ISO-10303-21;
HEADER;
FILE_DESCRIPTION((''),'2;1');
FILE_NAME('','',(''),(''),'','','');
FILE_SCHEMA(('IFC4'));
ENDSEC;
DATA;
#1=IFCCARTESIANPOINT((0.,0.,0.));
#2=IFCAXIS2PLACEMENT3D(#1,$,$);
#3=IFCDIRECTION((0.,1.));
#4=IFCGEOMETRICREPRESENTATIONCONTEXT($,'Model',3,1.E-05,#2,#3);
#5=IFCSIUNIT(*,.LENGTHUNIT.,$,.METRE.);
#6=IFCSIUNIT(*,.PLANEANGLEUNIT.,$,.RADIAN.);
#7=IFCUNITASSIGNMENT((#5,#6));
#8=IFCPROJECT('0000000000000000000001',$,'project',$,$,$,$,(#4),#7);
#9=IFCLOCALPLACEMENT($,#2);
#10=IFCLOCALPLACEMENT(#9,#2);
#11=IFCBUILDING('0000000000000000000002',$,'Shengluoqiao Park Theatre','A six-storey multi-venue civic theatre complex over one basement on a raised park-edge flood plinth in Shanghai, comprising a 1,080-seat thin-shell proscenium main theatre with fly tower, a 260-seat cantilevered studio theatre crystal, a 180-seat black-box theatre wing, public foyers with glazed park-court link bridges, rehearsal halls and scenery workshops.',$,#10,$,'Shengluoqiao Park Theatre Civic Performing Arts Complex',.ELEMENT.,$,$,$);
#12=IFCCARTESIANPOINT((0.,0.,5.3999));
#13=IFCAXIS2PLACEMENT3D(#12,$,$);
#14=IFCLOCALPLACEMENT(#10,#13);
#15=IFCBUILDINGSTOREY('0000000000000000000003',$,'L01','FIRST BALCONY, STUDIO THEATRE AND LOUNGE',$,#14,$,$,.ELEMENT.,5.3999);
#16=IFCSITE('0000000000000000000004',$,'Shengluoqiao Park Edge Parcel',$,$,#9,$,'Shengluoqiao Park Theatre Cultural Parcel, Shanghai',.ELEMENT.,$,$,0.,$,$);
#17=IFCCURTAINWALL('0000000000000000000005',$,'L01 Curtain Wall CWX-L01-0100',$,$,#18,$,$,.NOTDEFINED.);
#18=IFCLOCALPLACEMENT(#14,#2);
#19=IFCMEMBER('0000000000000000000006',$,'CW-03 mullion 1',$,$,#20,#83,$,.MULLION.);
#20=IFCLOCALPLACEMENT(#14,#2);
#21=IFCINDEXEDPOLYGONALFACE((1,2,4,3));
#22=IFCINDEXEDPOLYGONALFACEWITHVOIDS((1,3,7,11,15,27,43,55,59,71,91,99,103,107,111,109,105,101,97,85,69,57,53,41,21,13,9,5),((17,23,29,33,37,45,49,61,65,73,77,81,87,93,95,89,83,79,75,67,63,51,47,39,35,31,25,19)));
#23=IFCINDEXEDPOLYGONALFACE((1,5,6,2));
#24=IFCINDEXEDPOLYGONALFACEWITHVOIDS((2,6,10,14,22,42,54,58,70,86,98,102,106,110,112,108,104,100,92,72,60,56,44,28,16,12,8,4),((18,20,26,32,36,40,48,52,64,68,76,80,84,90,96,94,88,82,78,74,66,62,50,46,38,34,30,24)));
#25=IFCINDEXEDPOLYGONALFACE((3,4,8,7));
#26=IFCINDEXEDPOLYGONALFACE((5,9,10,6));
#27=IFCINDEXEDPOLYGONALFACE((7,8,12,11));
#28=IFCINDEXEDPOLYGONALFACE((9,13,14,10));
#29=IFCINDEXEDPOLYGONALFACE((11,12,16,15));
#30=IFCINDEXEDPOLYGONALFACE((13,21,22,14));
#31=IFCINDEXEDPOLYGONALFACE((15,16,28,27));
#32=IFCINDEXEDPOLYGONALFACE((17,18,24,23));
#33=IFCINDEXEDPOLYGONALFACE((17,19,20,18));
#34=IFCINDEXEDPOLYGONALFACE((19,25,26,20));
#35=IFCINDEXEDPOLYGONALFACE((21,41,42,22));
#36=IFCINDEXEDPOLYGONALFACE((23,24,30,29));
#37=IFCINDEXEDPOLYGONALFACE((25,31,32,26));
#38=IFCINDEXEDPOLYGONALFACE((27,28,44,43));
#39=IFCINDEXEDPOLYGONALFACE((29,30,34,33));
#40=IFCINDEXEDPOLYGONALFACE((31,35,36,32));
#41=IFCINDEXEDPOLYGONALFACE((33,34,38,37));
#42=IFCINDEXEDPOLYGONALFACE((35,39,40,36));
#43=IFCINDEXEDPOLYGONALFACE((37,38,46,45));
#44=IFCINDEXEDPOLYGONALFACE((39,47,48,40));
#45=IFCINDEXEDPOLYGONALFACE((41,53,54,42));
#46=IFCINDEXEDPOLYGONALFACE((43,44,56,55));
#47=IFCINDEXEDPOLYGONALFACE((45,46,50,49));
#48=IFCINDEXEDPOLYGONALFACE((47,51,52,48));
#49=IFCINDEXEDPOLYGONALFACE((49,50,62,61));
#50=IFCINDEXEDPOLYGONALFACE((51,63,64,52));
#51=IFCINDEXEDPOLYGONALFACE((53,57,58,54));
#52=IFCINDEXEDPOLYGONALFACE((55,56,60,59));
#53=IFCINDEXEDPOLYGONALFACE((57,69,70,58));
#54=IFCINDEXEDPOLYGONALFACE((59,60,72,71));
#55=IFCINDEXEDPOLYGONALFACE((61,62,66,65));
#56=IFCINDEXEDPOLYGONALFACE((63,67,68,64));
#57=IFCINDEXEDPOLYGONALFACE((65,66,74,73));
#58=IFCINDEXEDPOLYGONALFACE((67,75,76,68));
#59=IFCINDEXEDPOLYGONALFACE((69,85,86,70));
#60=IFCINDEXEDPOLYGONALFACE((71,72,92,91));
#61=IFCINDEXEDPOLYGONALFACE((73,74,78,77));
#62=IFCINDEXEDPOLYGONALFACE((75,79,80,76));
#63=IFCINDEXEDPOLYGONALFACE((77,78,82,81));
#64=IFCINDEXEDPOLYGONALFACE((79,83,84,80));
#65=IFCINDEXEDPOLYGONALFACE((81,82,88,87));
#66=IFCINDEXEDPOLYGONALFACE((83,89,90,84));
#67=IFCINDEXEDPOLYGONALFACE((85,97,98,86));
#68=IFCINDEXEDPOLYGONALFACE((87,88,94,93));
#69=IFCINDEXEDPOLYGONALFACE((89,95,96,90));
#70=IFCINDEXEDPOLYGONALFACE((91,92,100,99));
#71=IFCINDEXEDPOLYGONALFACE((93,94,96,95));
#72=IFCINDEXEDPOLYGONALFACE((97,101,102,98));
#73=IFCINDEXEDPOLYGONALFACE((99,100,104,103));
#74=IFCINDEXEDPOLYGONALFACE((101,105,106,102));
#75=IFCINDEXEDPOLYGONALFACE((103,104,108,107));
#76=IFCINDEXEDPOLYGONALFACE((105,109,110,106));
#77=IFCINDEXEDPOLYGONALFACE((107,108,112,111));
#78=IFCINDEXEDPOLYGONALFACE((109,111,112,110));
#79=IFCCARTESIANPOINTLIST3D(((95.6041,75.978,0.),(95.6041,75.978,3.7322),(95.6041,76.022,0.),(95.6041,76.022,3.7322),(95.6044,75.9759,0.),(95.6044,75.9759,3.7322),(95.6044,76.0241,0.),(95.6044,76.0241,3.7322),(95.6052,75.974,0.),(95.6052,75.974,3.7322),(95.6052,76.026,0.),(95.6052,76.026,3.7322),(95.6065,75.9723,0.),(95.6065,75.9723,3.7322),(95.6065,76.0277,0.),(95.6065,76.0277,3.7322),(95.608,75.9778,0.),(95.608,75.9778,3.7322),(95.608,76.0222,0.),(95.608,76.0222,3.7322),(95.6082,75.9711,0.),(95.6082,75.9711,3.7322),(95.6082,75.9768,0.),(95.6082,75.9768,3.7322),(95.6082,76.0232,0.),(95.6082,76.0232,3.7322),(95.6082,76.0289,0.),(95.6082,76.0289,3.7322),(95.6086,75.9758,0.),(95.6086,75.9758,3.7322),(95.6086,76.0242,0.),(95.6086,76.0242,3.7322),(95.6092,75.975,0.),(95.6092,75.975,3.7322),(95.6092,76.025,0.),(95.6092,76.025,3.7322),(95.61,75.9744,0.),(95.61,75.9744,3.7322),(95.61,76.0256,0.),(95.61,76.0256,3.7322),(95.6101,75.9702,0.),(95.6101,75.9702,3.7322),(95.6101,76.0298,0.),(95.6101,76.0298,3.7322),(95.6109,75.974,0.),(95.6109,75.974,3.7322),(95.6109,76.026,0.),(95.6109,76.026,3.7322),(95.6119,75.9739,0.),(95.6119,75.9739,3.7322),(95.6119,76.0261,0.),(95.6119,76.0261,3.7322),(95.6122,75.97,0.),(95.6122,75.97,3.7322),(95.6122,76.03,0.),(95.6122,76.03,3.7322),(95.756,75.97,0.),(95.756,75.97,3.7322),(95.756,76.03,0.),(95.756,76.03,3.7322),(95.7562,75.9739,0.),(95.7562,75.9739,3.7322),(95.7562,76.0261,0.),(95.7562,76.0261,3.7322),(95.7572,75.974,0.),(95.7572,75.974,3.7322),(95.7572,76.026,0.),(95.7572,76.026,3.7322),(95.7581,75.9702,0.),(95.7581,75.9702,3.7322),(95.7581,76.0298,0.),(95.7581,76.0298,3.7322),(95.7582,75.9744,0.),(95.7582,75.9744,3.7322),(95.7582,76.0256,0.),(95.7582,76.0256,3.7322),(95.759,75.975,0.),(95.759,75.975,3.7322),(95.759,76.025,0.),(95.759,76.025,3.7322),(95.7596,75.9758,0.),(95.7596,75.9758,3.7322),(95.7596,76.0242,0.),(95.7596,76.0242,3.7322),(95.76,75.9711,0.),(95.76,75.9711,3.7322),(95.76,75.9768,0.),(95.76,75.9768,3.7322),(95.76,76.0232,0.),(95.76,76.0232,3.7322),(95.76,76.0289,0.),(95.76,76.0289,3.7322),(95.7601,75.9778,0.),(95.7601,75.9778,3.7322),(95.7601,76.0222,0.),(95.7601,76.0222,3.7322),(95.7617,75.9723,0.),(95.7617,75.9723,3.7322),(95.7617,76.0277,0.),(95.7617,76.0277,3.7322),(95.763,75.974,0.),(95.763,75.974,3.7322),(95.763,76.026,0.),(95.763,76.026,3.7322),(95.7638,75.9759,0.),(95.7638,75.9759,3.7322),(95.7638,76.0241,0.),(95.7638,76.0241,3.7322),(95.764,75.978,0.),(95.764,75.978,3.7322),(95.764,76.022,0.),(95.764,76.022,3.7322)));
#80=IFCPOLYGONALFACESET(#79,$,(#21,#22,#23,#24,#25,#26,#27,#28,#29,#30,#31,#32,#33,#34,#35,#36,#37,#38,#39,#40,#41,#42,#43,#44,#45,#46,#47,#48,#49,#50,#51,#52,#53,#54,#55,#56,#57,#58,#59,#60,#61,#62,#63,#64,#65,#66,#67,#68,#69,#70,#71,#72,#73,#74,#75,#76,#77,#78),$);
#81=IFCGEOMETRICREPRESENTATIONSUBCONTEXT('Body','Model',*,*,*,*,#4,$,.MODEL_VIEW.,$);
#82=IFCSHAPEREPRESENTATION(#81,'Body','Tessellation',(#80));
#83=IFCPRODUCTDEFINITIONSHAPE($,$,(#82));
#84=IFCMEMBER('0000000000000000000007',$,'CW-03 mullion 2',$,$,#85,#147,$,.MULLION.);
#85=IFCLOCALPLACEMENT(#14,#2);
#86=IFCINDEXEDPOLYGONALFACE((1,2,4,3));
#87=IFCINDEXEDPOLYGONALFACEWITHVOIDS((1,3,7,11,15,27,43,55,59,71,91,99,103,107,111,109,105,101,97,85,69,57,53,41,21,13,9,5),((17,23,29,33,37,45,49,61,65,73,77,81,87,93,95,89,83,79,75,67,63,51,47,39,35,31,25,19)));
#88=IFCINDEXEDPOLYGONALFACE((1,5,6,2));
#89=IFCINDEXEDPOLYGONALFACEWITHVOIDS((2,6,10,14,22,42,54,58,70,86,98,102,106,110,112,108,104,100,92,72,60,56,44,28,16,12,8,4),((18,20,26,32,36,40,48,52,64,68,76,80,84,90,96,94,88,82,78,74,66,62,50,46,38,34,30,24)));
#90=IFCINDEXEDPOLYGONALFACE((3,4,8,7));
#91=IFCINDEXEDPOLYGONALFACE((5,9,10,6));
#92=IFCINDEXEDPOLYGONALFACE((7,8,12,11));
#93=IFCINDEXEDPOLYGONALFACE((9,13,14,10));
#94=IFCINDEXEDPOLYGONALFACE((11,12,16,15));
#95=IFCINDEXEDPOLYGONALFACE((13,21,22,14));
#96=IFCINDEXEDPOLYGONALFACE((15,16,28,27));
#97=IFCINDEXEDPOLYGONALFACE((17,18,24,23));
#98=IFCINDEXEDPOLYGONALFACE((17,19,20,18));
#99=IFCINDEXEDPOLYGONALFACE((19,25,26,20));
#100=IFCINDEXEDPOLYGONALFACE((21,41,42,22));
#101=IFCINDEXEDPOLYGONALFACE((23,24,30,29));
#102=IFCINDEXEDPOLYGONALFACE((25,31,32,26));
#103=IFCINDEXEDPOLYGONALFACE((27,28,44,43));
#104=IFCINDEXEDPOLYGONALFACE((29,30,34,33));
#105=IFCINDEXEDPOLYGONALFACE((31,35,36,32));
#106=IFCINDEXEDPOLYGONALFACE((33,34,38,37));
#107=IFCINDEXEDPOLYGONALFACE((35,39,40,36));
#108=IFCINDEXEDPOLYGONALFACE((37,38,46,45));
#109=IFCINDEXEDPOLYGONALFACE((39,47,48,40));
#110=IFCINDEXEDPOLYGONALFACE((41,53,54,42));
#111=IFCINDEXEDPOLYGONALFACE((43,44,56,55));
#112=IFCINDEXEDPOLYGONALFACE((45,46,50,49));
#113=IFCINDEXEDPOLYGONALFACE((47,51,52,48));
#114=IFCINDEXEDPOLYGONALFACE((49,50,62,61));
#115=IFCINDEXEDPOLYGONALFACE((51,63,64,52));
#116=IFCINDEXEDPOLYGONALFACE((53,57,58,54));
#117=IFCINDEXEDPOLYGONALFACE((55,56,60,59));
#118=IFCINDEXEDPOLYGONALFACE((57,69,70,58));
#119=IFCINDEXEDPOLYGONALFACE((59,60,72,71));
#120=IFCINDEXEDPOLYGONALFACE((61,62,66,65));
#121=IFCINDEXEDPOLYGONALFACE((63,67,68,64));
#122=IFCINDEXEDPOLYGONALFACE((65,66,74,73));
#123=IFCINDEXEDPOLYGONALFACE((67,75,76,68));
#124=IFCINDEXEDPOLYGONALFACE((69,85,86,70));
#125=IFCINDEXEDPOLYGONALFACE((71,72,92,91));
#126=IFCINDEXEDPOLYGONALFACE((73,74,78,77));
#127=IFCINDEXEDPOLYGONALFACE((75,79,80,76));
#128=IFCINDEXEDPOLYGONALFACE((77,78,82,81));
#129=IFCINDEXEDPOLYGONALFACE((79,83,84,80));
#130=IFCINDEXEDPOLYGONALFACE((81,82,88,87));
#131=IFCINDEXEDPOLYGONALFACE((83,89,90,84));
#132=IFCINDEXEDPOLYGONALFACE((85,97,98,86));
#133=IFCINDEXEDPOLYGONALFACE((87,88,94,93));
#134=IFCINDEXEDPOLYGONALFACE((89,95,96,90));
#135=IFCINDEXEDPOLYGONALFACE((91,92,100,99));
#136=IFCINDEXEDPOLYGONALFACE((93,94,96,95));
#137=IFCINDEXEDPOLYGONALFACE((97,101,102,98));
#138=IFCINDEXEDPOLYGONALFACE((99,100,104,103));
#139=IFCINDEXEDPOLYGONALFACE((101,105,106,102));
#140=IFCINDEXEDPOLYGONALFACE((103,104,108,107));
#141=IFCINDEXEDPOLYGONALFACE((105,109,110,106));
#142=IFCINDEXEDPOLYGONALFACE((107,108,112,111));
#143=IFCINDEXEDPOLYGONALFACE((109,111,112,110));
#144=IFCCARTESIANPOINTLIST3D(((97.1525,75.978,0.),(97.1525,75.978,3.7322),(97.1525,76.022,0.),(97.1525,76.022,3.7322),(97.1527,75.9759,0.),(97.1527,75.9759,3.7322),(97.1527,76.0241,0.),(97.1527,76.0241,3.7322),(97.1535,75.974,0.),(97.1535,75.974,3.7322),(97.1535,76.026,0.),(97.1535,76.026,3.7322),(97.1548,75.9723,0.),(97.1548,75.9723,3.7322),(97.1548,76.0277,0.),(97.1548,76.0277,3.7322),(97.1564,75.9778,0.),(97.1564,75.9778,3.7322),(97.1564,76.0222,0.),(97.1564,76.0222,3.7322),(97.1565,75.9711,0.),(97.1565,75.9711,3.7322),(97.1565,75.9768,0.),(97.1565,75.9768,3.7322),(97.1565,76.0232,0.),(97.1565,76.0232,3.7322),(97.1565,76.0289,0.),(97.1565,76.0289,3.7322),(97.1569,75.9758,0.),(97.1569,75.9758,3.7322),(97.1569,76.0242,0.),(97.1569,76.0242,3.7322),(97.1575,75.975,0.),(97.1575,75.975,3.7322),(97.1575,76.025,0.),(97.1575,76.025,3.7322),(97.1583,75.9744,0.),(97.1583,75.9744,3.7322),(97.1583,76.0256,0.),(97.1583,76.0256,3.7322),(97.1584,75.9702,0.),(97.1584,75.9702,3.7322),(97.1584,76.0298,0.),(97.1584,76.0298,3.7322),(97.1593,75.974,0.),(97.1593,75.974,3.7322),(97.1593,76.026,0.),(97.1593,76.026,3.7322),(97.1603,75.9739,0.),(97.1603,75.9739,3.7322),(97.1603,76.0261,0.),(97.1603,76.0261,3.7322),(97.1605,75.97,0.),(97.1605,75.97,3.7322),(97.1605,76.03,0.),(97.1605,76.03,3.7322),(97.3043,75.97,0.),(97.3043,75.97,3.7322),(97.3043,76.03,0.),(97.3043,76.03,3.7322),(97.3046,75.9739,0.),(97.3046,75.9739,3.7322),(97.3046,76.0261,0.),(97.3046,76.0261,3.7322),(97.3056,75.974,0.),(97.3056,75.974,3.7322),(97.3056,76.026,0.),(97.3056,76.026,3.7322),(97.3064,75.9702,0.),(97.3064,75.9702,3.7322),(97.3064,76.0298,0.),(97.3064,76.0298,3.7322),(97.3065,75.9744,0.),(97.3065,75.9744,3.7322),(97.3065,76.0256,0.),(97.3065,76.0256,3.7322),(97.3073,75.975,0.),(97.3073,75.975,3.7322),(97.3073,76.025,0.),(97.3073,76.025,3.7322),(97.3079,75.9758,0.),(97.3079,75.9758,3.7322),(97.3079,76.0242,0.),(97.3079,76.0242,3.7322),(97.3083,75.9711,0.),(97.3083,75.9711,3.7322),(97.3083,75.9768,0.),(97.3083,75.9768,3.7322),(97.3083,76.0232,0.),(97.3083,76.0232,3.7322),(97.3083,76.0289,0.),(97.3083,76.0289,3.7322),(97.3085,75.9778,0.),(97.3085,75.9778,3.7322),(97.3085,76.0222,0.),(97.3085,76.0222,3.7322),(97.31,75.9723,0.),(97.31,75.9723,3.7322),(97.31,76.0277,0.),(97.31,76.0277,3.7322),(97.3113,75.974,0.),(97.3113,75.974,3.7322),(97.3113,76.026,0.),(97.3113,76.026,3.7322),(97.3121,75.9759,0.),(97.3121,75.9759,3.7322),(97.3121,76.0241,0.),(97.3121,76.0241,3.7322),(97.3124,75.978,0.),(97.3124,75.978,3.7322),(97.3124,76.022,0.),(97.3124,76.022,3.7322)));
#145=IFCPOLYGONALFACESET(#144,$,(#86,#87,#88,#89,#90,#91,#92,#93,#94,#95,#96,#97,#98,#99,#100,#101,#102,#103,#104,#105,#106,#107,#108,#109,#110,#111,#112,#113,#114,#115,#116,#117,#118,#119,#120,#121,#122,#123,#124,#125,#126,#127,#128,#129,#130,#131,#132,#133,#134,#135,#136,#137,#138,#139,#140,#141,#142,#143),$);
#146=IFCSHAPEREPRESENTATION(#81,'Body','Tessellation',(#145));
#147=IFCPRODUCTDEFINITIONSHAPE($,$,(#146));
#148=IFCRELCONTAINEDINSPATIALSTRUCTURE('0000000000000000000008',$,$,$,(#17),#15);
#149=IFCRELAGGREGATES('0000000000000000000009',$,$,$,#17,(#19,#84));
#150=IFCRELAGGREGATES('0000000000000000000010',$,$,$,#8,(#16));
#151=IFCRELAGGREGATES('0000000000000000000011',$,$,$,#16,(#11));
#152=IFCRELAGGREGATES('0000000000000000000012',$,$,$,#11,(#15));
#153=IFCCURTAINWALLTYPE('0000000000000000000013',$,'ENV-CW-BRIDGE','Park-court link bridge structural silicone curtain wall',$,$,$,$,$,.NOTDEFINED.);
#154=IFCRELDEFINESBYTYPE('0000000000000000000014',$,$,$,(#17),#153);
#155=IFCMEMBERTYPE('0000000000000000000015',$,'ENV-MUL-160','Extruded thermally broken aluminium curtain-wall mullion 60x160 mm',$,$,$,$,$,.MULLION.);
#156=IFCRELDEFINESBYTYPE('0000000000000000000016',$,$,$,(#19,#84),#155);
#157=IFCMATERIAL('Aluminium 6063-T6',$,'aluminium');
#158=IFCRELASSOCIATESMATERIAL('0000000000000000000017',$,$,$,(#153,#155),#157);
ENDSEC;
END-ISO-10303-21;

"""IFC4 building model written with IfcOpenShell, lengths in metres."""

from ifc_helpers import new_model, si_unit, direction, frame, origin, origin_2d, place, context, subcontext, project, spatial, hollow_rectangle, extrude, material, material_profile, profile_set, type_object, element, aggregate, save


model = new_model("IFC4")

# Units and contexts
model_context = context("Model", 3, precision=1e-05, world=origin(), true_north=direction((0.0, 1.0)))
body_context = subcontext(model_context, "Body", "Model", "MODEL_VIEW")
ifc_project = project(units=[si_unit("LENGTHUNIT", "METRE"), si_unit("PLANEANGLEUNIT", "RADIAN")], contexts=[model_context])

# Site, building, storey
site_placement = place(None, origin())
site = spatial("IfcSite", under=ifc_project, at=site_placement, Name="Shengluoqiao Park Edge Parcel", LongName="Shengluoqiao Park Theatre Cultural Parcel, Shanghai", CompositionType="ELEMENT", RefElevation=0.0)
building_placement = place(site_placement, origin())
building = spatial("IfcBuilding", under=site, at=building_placement, Name="Shengluoqiao Park Theatre", Description="A six-storey multi-venue civic theatre complex over one basement on a raised park-edge flood plinth in Shanghai, comprising a 1,080-seat thin-shell proscenium main theatre with fly tower, a 260-seat cantilevered studio theatre crystal, a 180-seat black-box theatre wing, public foyers with glazed park-court link bridges, rehearsal halls and scenery workshops.", LongName="Shengluoqiao Park Theatre Civic Performing Arts Complex", CompositionType="ELEMENT")
storey_placement = place(building_placement, frame((0.0, 0.0, 5.3999)))
storey = spatial("IfcBuildingStorey", under=building, at=storey_placement, Name="L01", Description="FIRST BALCONY, STUDIO THEATRE AND LOUNGE", CompositionType="ELEMENT", Elevation=5.3999)

# Curtain wall, members
ifc_material_1 = material(Name="Aluminium 6063-T6", Category="aluminium")
curtain_wall_type = type_object("IfcCurtainWallType", Name="ENV-CW-BRIDGE", Description="Park-court link bridge structural silicone curtain wall", PredefinedType="NOTDEFINED", material=ifc_material_1)
ifc_material_profile_1 = material_profile(ifc_material_1, hollow_rectangle(XDim=0.0601, YDim=0.1599, WallThickness=0.0039, InnerFilletRadius=0.0039, OuterFilletRadius=0.0081, at=origin_2d()), Name="ALU MULLION 160x60x4")
ifc_profile_set_1 = profile_set([ifc_material_profile_1], Name="Aluminium 6063-T6")
member_type_1 = type_object("IfcMemberType", Name="ENV-MUL-160", Description="Extruded thermally broken aluminium curtain-wall mullion 60x160 mm", PredefinedType="MULLION", material=ifc_profile_set_1)
curtain_wall_1_placement = place(storey_placement, origin())
curtain_wall_1 = element("IfcCurtainWall", 1, at=curtain_wall_1_placement, inside=storey, type_object=curtain_wall_type, Name="L01 Curtain Wall CWX-L01-0100", PredefinedType="NOTDEFINED")
member_1_placement = place(storey_placement, frame((95.6841, 76.0, 0.0), z_axis=(0.0, 0.0, 1.0), x_axis=(0.0, 1.0, 0.0)))
member_1 = element("IfcMember", 2, at=member_1_placement, type_object=member_type_1, Name="CW-03 mullion 1", PredefinedType="MULLION", context=body_context, shape_type="SweptSolid", body=[
    extrude(hollow_rectangle(XDim=0.0601, YDim=0.1599, WallThickness=0.0039, InnerFilletRadius=0.0039, OuterFilletRadius=0.0081, at=origin_2d()), origin(), (0.0, 0.0, 1.0), 3.7322),
])
member_2_placement = place(storey_placement, frame((97.2324, 76.0, 0.0), z_axis=(0.0, 0.0, 1.0), x_axis=(0.0, 1.0, 0.0)))
member_2 = element("IfcMember", 3, at=member_2_placement, type_object=member_type_1, Name="CW-03 mullion 2", PredefinedType="MULLION", context=body_context, shape_type="SweptSolid", body=[
    extrude(hollow_rectangle(XDim=0.0601, YDim=0.1599, WallThickness=0.0039, InnerFilletRadius=0.0039, OuterFilletRadius=0.0081, at=origin_2d()), origin(), (0.0, 0.0, 1.0), 3.7322),
])

aggregate(curtain_wall_1, [member_1, member_2])

save(model, "model.ifc")
